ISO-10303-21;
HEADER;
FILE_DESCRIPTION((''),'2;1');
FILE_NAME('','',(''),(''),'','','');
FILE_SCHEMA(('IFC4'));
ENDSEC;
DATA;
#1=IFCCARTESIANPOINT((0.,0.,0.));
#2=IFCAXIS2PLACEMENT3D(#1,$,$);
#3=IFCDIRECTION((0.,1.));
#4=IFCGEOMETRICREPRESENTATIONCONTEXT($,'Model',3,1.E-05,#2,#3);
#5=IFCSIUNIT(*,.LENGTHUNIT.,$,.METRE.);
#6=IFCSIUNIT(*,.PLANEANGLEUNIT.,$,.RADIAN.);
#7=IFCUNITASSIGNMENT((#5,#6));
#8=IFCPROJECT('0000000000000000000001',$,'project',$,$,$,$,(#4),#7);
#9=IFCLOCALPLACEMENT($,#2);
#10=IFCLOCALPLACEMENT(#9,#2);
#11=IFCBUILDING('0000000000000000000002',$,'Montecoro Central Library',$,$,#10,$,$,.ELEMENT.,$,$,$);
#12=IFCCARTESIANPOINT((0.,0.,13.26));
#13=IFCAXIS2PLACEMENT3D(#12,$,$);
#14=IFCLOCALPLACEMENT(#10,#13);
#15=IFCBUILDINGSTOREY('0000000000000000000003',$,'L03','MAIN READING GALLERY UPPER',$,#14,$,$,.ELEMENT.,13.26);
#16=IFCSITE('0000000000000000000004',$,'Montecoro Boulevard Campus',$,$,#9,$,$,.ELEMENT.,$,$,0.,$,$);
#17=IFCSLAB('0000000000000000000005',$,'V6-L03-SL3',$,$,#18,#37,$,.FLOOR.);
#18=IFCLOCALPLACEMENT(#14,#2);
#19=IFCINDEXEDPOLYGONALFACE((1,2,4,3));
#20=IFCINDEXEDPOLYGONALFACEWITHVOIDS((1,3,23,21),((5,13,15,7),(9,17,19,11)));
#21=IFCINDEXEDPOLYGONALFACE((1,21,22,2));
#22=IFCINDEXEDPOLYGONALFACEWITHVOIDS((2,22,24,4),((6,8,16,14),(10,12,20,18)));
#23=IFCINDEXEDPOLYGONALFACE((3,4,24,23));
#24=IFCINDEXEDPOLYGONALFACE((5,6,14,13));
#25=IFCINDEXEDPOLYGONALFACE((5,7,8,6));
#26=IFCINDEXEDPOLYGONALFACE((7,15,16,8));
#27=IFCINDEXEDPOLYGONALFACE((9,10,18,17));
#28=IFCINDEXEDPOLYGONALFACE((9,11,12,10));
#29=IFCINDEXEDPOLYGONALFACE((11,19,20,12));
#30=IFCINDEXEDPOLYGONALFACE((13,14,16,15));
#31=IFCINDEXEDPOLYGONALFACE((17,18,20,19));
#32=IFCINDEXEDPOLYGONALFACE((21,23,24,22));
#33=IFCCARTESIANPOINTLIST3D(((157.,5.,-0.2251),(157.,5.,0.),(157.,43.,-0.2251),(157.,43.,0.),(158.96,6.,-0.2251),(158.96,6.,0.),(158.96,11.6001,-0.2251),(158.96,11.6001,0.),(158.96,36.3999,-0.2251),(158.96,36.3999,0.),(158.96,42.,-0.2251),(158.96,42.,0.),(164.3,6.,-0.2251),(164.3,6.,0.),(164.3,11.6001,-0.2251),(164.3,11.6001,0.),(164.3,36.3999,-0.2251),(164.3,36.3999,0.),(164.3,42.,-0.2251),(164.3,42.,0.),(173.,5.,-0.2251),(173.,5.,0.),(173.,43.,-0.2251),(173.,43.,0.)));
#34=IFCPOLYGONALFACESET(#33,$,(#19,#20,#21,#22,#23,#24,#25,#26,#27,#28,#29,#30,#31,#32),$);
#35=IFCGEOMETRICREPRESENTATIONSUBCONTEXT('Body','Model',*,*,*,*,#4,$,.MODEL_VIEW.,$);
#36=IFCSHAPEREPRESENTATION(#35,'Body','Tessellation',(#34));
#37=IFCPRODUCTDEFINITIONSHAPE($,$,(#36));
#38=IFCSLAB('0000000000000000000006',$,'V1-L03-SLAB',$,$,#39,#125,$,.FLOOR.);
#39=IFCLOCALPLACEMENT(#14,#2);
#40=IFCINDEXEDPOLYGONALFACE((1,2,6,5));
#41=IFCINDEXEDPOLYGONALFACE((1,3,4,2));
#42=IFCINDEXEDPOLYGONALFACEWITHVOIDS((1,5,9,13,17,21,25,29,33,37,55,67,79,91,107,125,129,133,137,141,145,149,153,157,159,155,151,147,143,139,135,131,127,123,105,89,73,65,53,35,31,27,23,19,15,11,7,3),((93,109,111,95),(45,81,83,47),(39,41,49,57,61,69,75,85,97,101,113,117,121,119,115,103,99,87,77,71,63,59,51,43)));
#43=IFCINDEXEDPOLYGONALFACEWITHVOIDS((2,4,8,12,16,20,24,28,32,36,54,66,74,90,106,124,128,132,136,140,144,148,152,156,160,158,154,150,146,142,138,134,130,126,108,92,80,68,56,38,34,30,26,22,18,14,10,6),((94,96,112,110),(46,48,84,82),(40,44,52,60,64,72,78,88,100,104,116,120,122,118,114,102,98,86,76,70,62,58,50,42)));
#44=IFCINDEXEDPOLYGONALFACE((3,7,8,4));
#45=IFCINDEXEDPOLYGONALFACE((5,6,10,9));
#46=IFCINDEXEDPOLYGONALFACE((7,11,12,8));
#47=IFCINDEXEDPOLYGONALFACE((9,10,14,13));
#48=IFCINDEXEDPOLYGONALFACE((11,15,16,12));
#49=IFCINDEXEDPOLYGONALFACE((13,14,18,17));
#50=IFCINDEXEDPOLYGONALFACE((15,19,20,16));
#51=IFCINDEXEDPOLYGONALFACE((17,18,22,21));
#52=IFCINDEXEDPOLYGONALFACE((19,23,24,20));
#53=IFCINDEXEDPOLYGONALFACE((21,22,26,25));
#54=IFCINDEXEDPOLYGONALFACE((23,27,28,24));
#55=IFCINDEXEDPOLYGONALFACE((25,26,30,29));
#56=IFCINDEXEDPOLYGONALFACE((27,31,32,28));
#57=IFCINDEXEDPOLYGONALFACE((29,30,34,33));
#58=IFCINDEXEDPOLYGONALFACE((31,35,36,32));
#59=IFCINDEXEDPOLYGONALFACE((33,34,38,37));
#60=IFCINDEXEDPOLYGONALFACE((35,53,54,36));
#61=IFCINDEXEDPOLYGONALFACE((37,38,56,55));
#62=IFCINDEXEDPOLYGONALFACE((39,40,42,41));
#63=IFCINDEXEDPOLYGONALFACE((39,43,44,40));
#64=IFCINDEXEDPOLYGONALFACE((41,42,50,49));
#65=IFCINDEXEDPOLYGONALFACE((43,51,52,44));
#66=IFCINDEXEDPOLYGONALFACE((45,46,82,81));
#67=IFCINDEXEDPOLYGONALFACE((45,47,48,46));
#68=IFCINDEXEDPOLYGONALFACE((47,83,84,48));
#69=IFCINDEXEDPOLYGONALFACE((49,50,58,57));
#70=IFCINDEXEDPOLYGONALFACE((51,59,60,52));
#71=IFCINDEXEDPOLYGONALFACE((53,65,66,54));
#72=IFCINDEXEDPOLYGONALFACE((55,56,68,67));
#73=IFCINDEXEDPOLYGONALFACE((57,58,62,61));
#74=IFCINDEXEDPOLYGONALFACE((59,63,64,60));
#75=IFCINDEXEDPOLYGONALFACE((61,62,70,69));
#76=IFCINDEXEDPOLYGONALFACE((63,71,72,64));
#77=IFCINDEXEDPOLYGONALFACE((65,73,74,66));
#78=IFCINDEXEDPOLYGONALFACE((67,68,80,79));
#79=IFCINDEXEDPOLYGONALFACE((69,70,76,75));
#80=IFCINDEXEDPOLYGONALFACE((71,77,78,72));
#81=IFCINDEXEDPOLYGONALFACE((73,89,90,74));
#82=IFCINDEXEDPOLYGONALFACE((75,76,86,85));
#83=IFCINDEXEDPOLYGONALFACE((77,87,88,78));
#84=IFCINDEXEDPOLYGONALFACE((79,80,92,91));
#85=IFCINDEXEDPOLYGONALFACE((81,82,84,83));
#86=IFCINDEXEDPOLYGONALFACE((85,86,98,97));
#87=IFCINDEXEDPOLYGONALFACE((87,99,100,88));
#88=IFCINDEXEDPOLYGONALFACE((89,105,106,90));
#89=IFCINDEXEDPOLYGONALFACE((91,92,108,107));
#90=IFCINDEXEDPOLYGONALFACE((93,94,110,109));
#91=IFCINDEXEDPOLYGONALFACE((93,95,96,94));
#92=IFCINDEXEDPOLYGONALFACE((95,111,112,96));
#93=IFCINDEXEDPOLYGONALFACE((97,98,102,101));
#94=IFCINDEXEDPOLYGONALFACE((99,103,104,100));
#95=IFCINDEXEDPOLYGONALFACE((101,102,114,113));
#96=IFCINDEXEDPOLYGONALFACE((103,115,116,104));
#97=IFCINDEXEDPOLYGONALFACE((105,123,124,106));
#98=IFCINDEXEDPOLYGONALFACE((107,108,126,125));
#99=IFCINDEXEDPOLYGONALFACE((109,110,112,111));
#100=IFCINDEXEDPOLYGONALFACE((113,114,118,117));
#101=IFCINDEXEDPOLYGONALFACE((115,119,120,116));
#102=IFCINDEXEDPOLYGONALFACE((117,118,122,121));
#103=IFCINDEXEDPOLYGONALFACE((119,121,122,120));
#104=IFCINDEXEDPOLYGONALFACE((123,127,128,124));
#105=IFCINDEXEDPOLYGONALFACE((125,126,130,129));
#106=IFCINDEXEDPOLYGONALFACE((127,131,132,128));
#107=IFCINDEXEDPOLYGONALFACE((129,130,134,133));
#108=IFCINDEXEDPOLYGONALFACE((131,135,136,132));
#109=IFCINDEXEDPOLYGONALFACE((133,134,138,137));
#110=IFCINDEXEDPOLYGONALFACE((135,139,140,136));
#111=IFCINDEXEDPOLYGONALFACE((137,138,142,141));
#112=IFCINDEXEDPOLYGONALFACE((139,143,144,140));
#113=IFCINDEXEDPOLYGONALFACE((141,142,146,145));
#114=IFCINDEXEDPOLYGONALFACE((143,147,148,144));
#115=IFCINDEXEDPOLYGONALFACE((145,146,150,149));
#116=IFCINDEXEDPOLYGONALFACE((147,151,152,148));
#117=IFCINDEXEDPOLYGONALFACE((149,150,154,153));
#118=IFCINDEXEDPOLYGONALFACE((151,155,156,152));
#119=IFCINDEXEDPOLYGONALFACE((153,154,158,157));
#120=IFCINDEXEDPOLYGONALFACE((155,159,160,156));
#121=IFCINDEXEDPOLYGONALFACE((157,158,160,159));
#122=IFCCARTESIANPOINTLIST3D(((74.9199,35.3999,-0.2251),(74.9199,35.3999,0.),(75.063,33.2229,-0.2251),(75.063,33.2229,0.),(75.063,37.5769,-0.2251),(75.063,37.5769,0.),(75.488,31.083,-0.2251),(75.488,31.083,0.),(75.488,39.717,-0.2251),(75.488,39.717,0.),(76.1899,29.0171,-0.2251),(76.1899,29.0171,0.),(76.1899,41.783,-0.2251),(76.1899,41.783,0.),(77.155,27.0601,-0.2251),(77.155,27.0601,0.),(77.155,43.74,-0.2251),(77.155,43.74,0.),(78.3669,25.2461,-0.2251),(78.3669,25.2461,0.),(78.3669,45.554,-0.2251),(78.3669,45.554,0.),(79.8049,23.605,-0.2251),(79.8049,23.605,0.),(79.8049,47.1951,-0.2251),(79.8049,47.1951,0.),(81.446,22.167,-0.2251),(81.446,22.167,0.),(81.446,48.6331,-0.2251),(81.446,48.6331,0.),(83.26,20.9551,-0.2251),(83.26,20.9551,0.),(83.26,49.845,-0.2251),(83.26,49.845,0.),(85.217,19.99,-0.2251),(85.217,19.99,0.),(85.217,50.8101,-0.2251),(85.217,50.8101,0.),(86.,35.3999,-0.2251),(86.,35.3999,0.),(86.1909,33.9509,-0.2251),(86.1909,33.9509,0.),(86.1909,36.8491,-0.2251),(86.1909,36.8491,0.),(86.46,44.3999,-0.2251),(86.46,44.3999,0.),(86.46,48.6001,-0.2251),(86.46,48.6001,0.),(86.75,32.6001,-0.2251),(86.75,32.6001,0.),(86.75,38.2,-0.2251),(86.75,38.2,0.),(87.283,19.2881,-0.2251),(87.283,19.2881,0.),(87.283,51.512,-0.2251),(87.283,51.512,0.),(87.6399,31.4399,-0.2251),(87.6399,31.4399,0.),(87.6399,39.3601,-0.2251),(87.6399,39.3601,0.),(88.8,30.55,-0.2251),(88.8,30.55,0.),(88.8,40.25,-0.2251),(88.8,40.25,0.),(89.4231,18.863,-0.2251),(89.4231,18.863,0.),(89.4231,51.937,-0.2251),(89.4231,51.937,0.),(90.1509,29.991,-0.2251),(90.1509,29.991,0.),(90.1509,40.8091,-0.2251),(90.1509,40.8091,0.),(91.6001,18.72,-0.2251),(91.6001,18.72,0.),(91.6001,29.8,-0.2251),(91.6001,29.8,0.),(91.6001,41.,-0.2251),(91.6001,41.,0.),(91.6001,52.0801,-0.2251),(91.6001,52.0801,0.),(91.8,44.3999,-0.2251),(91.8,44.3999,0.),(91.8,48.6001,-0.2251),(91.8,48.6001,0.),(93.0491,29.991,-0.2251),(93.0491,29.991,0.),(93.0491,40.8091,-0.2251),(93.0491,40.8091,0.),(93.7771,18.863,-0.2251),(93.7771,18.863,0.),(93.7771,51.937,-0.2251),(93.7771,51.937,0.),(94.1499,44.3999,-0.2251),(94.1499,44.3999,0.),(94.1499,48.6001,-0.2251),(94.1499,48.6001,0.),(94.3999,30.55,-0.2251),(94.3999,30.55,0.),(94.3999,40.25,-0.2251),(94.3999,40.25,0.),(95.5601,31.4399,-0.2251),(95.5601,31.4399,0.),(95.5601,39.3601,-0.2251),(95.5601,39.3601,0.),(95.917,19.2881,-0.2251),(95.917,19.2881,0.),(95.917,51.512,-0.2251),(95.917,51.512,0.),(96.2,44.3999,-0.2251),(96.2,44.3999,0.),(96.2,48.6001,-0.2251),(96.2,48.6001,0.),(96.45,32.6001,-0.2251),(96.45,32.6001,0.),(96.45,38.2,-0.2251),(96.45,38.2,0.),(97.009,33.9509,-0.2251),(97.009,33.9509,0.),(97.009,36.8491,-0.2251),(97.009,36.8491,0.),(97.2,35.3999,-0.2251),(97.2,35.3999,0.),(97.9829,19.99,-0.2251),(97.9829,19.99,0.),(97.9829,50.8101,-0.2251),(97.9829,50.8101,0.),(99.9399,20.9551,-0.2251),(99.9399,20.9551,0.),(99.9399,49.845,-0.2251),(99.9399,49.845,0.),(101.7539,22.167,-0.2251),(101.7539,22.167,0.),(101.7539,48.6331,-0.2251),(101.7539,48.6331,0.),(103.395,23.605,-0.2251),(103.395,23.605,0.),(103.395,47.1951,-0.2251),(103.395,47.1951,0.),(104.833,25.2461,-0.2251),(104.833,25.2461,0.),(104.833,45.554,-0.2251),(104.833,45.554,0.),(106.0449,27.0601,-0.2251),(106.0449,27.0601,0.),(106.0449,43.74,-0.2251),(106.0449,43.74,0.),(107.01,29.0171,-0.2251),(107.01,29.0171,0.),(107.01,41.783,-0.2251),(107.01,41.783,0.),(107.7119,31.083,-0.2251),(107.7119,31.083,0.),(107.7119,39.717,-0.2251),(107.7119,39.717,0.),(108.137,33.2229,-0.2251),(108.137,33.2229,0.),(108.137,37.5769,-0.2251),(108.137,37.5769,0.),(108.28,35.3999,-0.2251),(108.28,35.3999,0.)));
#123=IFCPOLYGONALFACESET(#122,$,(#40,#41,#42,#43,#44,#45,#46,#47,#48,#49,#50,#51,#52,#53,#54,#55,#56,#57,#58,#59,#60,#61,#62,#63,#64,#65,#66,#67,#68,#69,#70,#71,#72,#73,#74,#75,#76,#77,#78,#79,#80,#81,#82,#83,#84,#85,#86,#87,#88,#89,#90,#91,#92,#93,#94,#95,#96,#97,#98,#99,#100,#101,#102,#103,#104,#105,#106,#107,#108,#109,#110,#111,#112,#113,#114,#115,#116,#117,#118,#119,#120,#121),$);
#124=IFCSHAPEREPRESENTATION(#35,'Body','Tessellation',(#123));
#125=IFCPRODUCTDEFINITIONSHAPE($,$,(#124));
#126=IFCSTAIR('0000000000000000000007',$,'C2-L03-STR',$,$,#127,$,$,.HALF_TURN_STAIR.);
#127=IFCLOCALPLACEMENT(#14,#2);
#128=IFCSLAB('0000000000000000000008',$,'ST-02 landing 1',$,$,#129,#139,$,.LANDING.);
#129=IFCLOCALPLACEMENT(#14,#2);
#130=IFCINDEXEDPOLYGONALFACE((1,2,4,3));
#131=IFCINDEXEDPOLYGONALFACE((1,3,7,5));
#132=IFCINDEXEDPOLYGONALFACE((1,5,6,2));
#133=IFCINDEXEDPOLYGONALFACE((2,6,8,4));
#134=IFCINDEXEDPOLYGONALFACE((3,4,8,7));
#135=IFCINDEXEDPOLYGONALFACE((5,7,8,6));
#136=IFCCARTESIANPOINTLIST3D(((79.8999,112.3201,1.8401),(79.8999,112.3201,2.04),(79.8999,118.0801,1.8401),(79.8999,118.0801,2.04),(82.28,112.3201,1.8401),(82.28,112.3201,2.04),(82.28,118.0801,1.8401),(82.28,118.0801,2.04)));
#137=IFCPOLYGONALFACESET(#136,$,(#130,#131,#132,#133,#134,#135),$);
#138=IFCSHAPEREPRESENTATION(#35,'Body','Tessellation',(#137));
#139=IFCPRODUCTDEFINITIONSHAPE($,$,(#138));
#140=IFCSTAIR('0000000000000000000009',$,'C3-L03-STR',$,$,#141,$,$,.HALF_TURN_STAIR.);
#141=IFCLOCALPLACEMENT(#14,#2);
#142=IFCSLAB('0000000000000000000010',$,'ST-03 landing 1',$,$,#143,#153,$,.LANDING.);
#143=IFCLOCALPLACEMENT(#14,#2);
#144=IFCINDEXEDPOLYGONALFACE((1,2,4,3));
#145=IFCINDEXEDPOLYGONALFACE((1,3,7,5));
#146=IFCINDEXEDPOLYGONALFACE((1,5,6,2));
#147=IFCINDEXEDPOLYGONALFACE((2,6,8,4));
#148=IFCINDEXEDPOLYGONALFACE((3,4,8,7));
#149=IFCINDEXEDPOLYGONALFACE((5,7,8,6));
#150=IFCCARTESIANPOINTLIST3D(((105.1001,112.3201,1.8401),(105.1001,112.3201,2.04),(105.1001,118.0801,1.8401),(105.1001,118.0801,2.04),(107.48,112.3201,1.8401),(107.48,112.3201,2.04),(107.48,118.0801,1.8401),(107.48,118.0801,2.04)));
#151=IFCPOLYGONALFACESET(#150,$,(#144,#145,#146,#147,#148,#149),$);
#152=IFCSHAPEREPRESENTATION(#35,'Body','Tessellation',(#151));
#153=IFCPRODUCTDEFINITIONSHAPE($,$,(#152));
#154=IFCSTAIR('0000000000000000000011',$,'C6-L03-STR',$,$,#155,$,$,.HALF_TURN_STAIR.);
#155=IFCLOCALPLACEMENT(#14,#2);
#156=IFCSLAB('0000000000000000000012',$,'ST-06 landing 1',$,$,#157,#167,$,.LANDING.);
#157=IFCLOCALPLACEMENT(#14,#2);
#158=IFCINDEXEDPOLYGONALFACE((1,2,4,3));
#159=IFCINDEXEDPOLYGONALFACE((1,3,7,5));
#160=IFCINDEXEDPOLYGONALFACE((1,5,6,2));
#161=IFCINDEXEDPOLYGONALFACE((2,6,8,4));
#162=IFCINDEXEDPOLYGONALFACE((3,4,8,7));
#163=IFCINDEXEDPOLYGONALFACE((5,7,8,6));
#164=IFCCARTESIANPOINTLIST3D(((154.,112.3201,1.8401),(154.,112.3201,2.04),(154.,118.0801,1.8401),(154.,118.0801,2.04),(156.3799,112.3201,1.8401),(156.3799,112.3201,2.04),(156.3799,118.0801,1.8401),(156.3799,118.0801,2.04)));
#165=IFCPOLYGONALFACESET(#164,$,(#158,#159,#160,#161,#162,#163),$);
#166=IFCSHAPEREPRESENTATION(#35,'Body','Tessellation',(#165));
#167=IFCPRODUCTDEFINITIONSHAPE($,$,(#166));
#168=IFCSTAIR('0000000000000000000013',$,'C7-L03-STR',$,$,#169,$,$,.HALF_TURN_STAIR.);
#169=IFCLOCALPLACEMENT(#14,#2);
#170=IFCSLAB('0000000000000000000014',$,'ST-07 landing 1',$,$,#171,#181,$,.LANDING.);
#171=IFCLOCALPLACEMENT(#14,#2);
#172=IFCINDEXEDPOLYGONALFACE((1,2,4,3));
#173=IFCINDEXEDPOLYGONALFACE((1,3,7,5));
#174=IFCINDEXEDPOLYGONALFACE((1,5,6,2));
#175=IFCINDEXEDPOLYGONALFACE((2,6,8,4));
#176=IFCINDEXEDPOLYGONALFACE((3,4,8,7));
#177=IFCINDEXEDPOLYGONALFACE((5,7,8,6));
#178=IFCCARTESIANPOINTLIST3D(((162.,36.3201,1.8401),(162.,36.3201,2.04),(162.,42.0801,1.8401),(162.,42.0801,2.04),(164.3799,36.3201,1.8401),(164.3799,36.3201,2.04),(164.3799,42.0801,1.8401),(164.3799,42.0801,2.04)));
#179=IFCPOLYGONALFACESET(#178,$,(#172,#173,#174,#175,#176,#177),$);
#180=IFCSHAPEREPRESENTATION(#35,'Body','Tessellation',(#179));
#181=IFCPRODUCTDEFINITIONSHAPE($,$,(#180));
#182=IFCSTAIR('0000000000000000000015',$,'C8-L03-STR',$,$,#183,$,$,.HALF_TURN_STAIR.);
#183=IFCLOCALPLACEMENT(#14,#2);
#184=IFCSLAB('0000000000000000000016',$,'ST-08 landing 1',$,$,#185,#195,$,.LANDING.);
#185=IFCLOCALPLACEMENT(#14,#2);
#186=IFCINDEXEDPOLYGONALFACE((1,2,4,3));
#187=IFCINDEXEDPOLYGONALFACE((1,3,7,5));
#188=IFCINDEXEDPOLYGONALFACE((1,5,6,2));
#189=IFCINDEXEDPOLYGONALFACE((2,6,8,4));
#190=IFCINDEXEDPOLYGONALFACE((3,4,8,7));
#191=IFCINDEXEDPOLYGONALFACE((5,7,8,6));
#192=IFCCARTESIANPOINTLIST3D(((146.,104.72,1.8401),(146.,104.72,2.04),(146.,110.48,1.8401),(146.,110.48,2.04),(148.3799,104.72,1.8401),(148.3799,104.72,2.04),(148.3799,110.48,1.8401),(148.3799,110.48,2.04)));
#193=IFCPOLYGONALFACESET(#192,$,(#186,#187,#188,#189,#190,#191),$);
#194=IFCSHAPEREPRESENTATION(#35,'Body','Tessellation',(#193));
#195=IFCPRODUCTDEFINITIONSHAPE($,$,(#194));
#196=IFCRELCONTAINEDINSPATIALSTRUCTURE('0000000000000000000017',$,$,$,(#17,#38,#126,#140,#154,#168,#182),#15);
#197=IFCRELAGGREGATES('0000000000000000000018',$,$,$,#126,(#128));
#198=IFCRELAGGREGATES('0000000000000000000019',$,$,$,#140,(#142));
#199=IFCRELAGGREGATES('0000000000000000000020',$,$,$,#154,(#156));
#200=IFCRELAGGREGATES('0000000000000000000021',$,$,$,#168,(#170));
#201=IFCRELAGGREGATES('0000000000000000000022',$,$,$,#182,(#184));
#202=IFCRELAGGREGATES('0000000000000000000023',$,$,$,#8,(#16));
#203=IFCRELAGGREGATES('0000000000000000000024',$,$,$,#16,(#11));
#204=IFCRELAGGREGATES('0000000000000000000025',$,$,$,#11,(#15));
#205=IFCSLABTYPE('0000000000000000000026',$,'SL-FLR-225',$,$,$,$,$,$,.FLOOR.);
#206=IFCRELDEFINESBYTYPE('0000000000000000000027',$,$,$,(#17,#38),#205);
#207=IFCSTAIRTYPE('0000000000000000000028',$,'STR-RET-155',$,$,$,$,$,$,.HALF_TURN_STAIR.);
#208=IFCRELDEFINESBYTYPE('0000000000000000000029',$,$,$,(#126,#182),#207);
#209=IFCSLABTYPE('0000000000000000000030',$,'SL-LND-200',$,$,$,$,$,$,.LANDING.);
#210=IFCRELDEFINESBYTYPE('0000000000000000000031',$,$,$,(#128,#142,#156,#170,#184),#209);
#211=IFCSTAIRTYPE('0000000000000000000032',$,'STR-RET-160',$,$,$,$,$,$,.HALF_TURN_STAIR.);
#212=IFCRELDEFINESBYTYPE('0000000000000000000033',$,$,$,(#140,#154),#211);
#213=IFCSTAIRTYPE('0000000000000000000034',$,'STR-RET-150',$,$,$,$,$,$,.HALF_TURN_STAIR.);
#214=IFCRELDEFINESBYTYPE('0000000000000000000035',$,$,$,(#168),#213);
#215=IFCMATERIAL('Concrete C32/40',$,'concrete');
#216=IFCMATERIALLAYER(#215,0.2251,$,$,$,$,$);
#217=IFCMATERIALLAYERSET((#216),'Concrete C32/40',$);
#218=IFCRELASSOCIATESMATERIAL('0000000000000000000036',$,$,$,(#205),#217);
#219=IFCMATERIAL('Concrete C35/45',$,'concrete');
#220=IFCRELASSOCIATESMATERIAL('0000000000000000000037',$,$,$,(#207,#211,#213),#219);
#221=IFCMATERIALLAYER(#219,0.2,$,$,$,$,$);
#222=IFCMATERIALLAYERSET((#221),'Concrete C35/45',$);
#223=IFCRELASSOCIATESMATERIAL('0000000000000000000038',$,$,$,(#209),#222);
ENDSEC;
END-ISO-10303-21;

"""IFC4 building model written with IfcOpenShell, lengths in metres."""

from ifc_helpers import new_model, si_unit, direction, frame, origin, place, context, subcontext, project, spatial, polyline, outline, extrude, material, layer, layer_set, type_object, element, aggregate, save


model = new_model("IFC4")

# Units and contexts
model_context = context("Model", 3, precision=1e-05, world=origin(), true_north=direction((0.0, 1.0)))
body_context = subcontext(model_context, "Body", "Model", "MODEL_VIEW")
ifc_project = project(units=[si_unit("LENGTHUNIT", "METRE"), si_unit("PLANEANGLEUNIT", "RADIAN")], contexts=[model_context])

# Site, building, storey
site_placement = place(None, origin())
site = spatial("IfcSite", under=ifc_project, at=site_placement, Name="Montecoro Boulevard Campus", CompositionType="ELEMENT", RefElevation=0.0)
building_placement = place(site_placement, origin())
building = spatial("IfcBuilding", under=site, at=building_placement, Name="Montecoro Central Library", CompositionType="ELEMENT")
storey_placement = place(building_placement, frame((0.0, 0.0, 13.26)))
storey = spatial("IfcBuildingStorey", under=building, at=storey_placement, Name="L03", Description="MAIN READING GALLERY UPPER", CompositionType="ELEMENT", Elevation=13.26)

# Slabs
ifc_material_1 = material(Name="Concrete C32/40", Category="concrete")
ifc_layer_1 = layer(ifc_material_1, 0.2251)
ifc_layer_set_1 = layer_set([ifc_layer_1], Name="Concrete C32/40")
slab_type_1 = type_object("IfcSlabType", Name="SL-FLR-225", PredefinedType="FLOOR", material=ifc_layer_set_1)
slab_1_placement = place(storey_placement, frame((0.0, 0.0, -0.2251)))
element("IfcSlab", 1, at=slab_1_placement, inside=storey, type_object=slab_type_1, Name="V6-L03-SL3", PredefinedType="FLOOR", context=body_context, shape_type="SweptSolid", body=[
    extrude(outline(polyline([(157.0, 5.0), (173.0, 5.0), (173.0, 43.0), (157.0, 43.0), (157.0, 5.0)]), holes=[polyline([(158.96, 42.0), (164.3, 42.0), (164.3, 36.3999), (158.96, 36.3999), (158.96, 42.0)]), polyline([(158.96, 11.6001), (164.3, 11.6001), (164.3, 6.0), (158.96, 6.0), (158.96, 11.6001)])]), origin(), (0.0, 0.0, 1.0), 0.2251),
])
slab_2_placement = place(storey_placement, frame((0.0, 0.0, -0.2251)))
element("IfcSlab", 2, at=slab_2_placement, inside=storey, type_object=slab_type_1, Name="V1-L03-SLAB", PredefinedType="FLOOR", context=body_context, shape_type="SweptSolid", body=[
    extrude(outline(polyline([(108.28, 35.3999), (108.137, 37.5769), (107.7119, 39.717), (107.01, 41.783), (106.0449, 43.74), (104.833, 45.554), (103.395, 47.1951), (101.7539, 48.6331), (99.9399, 49.845), (97.9829, 50.8101), (95.917, 51.512), (93.7771, 51.937), (91.6001, 52.0801), (89.4231, 51.937), (87.283, 51.512), (85.217, 50.8101), (83.26, 49.845), (81.446, 48.6331), (79.8049, 47.1951), (78.3669, 45.554), (77.155, 43.74), (76.1899, 41.783), (75.488, 39.717), (75.063, 37.5769), (74.9199, 35.3999), (75.063, 33.2229), (75.488, 31.083), (76.1899, 29.0171), (77.155, 27.0601), (78.3669, 25.2461), (79.8049, 23.605), (81.446, 22.167), (83.26, 20.9551), (85.217, 19.99), (87.283, 19.2881), (89.4231, 18.863), (91.6001, 18.72), (93.7771, 18.863), (95.917, 19.2881), (97.9829, 19.99), (99.9399, 20.9551), (101.7539, 22.167), (103.395, 23.605), (104.833, 25.2461), (106.0449, 27.0601), (107.01, 29.0171), (107.7119, 31.083), (108.137, 33.2229), (108.28, 35.3999)]), holes=[polyline([(86.46, 48.6001), (91.8, 48.6001), (91.8, 44.3999), (86.46, 44.3999), (86.46, 48.6001)]), polyline([(94.1499, 48.6001), (96.2, 48.6001), (96.2, 44.3999), (94.1499, 44.3999), (94.1499, 48.6001)]), polyline([(97.009, 33.9509), (96.45, 32.6001), (95.5601, 31.4399), (94.3999, 30.55), (93.0491, 29.991), (91.6001, 29.8), (90.1509, 29.991), (88.8, 30.55), (87.6399, 31.4399), (86.75, 32.6001), (86.1909, 33.9509), (86.0, 35.3999), (86.1909, 36.8491), (86.75, 38.2), (87.6399, 39.3601), (88.8, 40.25), (90.1509, 40.8091), (91.6001, 41.0), (93.0491, 40.8091), (94.3999, 40.25), (95.5601, 39.3601), (96.45, 38.2), (97.009, 36.8491), (97.2, 35.3999), (97.009, 33.9509)])]), origin(), (0.0, 0.0, 1.0), 0.2251),
])

# Stairs, slabs
ifc_material_2 = material(Name="Concrete C35/45", Category="concrete")
stair_type_1 = type_object("IfcStairType", Name="STR-RET-155", PredefinedType="HALF_TURN_STAIR", material=ifc_material_2)
stair_1_placement = place(storey_placement, origin())
stair_1 = element("IfcStair", 3, at=stair_1_placement, inside=storey, type_object=stair_type_1, Name="C2-L03-STR", PredefinedType="HALF_TURN_STAIR")
ifc_layer_2 = layer(ifc_material_2, 0.2)
ifc_layer_set_2 = layer_set([ifc_layer_2], Name="Concrete C35/45")
slab_type_2 = type_object("IfcSlabType", Name="SL-LND-200", PredefinedType="LANDING", material=ifc_layer_set_2)
slab_3_placement = place(storey_placement, frame((0.0, 0.0, 1.8401)))
slab_3 = element("IfcSlab", 4, at=slab_3_placement, type_object=slab_type_2, Name="ST-02 landing 1", PredefinedType="LANDING", context=body_context, shape_type="SweptSolid", body=[
    extrude(outline(polyline([(79.8999, 112.3201), (82.28, 112.3201), (82.28, 118.0801), (79.8999, 118.0801), (79.8999, 112.3201)])), origin(), (0.0, 0.0, 1.0), 0.2),
])
aggregate(stair_1, [slab_3])
stair_type_2 = type_object("IfcStairType", Name="STR-RET-160", PredefinedType="HALF_TURN_STAIR", material=ifc_material_2)
stair_2_placement = place(storey_placement, origin())
stair_2 = element("IfcStair", 5, at=stair_2_placement, inside=storey, type_object=stair_type_2, Name="C3-L03-STR", PredefinedType="HALF_TURN_STAIR")
slab_4_placement = place(storey_placement, frame((0.0, 0.0, 1.8401)))
slab_4 = element("IfcSlab", 6, at=slab_4_placement, type_object=slab_type_2, Name="ST-03 landing 1", PredefinedType="LANDING", context=body_context, shape_type="SweptSolid", body=[
    extrude(outline(polyline([(105.1001, 112.3201), (107.48, 112.3201), (107.48, 118.0801), (105.1001, 118.0801), (105.1001, 112.3201)])), origin(), (0.0, 0.0, 1.0), 0.2),
])
aggregate(stair_2, [slab_4])
stair_3_placement = place(storey_placement, origin())
stair_3 = element("IfcStair", 7, at=stair_3_placement, inside=storey, type_object=stair_type_2, Name="C6-L03-STR", PredefinedType="HALF_TURN_STAIR")
slab_5_placement = place(storey_placement, frame((0.0, 0.0, 1.8401)))
slab_5 = element("IfcSlab", 8, at=slab_5_placement, type_object=slab_type_2, Name="ST-06 landing 1", PredefinedType="LANDING", context=body_context, shape_type="SweptSolid", body=[
    extrude(outline(polyline([(154.0, 112.3201), (156.3799, 112.3201), (156.3799, 118.0801), (154.0, 118.0801), (154.0, 112.3201)])), origin(), (0.0, 0.0, 1.0), 0.2),
])
aggregate(stair_3, [slab_5])
stair_type_3 = type_object("IfcStairType", Name="STR-RET-150", PredefinedType="HALF_TURN_STAIR", material=ifc_material_2)
stair_4_placement = place(storey_placement, origin())
stair_4 = element("IfcStair", 9, at=stair_4_placement, inside=storey, type_object=stair_type_3, Name="C7-L03-STR", PredefinedType="HALF_TURN_STAIR")
slab_6_placement = place(storey_placement, frame((0.0, 0.0, 1.8401)))
slab_6 = element("IfcSlab", 10, at=slab_6_placement, type_object=slab_type_2, Name="ST-07 landing 1", PredefinedType="LANDING", context=body_context, shape_type="SweptSolid", body=[
    extrude(outline(polyline([(162.0, 36.3201), (164.3799, 36.3201), (164.3799, 42.0801), (162.0, 42.0801), (162.0, 36.3201)])), origin(), (0.0, 0.0, 1.0), 0.2),
])
aggregate(stair_4, [slab_6])
stair_5_placement = place(storey_placement, origin())
stair_5 = element("IfcStair", 11, at=stair_5_placement, inside=storey, type_object=stair_type_1, Name="C8-L03-STR", PredefinedType="HALF_TURN_STAIR")
slab_7_placement = place(storey_placement, frame((0.0, 0.0, 1.8401)))
slab_7 = element("IfcSlab", 12, at=slab_7_placement, type_object=slab_type_2, Name="ST-08 landing 1", PredefinedType="LANDING", context=body_context, shape_type="SweptSolid", body=[
    extrude(outline(polyline([(146.0, 104.72), (148.3799, 104.72), (148.3799, 110.48), (146.0, 110.48), (146.0, 104.72)])), origin(), (0.0, 0.0, 1.0), 0.2),
])
aggregate(stair_5, [slab_7])

save(model, "model.ifc")
